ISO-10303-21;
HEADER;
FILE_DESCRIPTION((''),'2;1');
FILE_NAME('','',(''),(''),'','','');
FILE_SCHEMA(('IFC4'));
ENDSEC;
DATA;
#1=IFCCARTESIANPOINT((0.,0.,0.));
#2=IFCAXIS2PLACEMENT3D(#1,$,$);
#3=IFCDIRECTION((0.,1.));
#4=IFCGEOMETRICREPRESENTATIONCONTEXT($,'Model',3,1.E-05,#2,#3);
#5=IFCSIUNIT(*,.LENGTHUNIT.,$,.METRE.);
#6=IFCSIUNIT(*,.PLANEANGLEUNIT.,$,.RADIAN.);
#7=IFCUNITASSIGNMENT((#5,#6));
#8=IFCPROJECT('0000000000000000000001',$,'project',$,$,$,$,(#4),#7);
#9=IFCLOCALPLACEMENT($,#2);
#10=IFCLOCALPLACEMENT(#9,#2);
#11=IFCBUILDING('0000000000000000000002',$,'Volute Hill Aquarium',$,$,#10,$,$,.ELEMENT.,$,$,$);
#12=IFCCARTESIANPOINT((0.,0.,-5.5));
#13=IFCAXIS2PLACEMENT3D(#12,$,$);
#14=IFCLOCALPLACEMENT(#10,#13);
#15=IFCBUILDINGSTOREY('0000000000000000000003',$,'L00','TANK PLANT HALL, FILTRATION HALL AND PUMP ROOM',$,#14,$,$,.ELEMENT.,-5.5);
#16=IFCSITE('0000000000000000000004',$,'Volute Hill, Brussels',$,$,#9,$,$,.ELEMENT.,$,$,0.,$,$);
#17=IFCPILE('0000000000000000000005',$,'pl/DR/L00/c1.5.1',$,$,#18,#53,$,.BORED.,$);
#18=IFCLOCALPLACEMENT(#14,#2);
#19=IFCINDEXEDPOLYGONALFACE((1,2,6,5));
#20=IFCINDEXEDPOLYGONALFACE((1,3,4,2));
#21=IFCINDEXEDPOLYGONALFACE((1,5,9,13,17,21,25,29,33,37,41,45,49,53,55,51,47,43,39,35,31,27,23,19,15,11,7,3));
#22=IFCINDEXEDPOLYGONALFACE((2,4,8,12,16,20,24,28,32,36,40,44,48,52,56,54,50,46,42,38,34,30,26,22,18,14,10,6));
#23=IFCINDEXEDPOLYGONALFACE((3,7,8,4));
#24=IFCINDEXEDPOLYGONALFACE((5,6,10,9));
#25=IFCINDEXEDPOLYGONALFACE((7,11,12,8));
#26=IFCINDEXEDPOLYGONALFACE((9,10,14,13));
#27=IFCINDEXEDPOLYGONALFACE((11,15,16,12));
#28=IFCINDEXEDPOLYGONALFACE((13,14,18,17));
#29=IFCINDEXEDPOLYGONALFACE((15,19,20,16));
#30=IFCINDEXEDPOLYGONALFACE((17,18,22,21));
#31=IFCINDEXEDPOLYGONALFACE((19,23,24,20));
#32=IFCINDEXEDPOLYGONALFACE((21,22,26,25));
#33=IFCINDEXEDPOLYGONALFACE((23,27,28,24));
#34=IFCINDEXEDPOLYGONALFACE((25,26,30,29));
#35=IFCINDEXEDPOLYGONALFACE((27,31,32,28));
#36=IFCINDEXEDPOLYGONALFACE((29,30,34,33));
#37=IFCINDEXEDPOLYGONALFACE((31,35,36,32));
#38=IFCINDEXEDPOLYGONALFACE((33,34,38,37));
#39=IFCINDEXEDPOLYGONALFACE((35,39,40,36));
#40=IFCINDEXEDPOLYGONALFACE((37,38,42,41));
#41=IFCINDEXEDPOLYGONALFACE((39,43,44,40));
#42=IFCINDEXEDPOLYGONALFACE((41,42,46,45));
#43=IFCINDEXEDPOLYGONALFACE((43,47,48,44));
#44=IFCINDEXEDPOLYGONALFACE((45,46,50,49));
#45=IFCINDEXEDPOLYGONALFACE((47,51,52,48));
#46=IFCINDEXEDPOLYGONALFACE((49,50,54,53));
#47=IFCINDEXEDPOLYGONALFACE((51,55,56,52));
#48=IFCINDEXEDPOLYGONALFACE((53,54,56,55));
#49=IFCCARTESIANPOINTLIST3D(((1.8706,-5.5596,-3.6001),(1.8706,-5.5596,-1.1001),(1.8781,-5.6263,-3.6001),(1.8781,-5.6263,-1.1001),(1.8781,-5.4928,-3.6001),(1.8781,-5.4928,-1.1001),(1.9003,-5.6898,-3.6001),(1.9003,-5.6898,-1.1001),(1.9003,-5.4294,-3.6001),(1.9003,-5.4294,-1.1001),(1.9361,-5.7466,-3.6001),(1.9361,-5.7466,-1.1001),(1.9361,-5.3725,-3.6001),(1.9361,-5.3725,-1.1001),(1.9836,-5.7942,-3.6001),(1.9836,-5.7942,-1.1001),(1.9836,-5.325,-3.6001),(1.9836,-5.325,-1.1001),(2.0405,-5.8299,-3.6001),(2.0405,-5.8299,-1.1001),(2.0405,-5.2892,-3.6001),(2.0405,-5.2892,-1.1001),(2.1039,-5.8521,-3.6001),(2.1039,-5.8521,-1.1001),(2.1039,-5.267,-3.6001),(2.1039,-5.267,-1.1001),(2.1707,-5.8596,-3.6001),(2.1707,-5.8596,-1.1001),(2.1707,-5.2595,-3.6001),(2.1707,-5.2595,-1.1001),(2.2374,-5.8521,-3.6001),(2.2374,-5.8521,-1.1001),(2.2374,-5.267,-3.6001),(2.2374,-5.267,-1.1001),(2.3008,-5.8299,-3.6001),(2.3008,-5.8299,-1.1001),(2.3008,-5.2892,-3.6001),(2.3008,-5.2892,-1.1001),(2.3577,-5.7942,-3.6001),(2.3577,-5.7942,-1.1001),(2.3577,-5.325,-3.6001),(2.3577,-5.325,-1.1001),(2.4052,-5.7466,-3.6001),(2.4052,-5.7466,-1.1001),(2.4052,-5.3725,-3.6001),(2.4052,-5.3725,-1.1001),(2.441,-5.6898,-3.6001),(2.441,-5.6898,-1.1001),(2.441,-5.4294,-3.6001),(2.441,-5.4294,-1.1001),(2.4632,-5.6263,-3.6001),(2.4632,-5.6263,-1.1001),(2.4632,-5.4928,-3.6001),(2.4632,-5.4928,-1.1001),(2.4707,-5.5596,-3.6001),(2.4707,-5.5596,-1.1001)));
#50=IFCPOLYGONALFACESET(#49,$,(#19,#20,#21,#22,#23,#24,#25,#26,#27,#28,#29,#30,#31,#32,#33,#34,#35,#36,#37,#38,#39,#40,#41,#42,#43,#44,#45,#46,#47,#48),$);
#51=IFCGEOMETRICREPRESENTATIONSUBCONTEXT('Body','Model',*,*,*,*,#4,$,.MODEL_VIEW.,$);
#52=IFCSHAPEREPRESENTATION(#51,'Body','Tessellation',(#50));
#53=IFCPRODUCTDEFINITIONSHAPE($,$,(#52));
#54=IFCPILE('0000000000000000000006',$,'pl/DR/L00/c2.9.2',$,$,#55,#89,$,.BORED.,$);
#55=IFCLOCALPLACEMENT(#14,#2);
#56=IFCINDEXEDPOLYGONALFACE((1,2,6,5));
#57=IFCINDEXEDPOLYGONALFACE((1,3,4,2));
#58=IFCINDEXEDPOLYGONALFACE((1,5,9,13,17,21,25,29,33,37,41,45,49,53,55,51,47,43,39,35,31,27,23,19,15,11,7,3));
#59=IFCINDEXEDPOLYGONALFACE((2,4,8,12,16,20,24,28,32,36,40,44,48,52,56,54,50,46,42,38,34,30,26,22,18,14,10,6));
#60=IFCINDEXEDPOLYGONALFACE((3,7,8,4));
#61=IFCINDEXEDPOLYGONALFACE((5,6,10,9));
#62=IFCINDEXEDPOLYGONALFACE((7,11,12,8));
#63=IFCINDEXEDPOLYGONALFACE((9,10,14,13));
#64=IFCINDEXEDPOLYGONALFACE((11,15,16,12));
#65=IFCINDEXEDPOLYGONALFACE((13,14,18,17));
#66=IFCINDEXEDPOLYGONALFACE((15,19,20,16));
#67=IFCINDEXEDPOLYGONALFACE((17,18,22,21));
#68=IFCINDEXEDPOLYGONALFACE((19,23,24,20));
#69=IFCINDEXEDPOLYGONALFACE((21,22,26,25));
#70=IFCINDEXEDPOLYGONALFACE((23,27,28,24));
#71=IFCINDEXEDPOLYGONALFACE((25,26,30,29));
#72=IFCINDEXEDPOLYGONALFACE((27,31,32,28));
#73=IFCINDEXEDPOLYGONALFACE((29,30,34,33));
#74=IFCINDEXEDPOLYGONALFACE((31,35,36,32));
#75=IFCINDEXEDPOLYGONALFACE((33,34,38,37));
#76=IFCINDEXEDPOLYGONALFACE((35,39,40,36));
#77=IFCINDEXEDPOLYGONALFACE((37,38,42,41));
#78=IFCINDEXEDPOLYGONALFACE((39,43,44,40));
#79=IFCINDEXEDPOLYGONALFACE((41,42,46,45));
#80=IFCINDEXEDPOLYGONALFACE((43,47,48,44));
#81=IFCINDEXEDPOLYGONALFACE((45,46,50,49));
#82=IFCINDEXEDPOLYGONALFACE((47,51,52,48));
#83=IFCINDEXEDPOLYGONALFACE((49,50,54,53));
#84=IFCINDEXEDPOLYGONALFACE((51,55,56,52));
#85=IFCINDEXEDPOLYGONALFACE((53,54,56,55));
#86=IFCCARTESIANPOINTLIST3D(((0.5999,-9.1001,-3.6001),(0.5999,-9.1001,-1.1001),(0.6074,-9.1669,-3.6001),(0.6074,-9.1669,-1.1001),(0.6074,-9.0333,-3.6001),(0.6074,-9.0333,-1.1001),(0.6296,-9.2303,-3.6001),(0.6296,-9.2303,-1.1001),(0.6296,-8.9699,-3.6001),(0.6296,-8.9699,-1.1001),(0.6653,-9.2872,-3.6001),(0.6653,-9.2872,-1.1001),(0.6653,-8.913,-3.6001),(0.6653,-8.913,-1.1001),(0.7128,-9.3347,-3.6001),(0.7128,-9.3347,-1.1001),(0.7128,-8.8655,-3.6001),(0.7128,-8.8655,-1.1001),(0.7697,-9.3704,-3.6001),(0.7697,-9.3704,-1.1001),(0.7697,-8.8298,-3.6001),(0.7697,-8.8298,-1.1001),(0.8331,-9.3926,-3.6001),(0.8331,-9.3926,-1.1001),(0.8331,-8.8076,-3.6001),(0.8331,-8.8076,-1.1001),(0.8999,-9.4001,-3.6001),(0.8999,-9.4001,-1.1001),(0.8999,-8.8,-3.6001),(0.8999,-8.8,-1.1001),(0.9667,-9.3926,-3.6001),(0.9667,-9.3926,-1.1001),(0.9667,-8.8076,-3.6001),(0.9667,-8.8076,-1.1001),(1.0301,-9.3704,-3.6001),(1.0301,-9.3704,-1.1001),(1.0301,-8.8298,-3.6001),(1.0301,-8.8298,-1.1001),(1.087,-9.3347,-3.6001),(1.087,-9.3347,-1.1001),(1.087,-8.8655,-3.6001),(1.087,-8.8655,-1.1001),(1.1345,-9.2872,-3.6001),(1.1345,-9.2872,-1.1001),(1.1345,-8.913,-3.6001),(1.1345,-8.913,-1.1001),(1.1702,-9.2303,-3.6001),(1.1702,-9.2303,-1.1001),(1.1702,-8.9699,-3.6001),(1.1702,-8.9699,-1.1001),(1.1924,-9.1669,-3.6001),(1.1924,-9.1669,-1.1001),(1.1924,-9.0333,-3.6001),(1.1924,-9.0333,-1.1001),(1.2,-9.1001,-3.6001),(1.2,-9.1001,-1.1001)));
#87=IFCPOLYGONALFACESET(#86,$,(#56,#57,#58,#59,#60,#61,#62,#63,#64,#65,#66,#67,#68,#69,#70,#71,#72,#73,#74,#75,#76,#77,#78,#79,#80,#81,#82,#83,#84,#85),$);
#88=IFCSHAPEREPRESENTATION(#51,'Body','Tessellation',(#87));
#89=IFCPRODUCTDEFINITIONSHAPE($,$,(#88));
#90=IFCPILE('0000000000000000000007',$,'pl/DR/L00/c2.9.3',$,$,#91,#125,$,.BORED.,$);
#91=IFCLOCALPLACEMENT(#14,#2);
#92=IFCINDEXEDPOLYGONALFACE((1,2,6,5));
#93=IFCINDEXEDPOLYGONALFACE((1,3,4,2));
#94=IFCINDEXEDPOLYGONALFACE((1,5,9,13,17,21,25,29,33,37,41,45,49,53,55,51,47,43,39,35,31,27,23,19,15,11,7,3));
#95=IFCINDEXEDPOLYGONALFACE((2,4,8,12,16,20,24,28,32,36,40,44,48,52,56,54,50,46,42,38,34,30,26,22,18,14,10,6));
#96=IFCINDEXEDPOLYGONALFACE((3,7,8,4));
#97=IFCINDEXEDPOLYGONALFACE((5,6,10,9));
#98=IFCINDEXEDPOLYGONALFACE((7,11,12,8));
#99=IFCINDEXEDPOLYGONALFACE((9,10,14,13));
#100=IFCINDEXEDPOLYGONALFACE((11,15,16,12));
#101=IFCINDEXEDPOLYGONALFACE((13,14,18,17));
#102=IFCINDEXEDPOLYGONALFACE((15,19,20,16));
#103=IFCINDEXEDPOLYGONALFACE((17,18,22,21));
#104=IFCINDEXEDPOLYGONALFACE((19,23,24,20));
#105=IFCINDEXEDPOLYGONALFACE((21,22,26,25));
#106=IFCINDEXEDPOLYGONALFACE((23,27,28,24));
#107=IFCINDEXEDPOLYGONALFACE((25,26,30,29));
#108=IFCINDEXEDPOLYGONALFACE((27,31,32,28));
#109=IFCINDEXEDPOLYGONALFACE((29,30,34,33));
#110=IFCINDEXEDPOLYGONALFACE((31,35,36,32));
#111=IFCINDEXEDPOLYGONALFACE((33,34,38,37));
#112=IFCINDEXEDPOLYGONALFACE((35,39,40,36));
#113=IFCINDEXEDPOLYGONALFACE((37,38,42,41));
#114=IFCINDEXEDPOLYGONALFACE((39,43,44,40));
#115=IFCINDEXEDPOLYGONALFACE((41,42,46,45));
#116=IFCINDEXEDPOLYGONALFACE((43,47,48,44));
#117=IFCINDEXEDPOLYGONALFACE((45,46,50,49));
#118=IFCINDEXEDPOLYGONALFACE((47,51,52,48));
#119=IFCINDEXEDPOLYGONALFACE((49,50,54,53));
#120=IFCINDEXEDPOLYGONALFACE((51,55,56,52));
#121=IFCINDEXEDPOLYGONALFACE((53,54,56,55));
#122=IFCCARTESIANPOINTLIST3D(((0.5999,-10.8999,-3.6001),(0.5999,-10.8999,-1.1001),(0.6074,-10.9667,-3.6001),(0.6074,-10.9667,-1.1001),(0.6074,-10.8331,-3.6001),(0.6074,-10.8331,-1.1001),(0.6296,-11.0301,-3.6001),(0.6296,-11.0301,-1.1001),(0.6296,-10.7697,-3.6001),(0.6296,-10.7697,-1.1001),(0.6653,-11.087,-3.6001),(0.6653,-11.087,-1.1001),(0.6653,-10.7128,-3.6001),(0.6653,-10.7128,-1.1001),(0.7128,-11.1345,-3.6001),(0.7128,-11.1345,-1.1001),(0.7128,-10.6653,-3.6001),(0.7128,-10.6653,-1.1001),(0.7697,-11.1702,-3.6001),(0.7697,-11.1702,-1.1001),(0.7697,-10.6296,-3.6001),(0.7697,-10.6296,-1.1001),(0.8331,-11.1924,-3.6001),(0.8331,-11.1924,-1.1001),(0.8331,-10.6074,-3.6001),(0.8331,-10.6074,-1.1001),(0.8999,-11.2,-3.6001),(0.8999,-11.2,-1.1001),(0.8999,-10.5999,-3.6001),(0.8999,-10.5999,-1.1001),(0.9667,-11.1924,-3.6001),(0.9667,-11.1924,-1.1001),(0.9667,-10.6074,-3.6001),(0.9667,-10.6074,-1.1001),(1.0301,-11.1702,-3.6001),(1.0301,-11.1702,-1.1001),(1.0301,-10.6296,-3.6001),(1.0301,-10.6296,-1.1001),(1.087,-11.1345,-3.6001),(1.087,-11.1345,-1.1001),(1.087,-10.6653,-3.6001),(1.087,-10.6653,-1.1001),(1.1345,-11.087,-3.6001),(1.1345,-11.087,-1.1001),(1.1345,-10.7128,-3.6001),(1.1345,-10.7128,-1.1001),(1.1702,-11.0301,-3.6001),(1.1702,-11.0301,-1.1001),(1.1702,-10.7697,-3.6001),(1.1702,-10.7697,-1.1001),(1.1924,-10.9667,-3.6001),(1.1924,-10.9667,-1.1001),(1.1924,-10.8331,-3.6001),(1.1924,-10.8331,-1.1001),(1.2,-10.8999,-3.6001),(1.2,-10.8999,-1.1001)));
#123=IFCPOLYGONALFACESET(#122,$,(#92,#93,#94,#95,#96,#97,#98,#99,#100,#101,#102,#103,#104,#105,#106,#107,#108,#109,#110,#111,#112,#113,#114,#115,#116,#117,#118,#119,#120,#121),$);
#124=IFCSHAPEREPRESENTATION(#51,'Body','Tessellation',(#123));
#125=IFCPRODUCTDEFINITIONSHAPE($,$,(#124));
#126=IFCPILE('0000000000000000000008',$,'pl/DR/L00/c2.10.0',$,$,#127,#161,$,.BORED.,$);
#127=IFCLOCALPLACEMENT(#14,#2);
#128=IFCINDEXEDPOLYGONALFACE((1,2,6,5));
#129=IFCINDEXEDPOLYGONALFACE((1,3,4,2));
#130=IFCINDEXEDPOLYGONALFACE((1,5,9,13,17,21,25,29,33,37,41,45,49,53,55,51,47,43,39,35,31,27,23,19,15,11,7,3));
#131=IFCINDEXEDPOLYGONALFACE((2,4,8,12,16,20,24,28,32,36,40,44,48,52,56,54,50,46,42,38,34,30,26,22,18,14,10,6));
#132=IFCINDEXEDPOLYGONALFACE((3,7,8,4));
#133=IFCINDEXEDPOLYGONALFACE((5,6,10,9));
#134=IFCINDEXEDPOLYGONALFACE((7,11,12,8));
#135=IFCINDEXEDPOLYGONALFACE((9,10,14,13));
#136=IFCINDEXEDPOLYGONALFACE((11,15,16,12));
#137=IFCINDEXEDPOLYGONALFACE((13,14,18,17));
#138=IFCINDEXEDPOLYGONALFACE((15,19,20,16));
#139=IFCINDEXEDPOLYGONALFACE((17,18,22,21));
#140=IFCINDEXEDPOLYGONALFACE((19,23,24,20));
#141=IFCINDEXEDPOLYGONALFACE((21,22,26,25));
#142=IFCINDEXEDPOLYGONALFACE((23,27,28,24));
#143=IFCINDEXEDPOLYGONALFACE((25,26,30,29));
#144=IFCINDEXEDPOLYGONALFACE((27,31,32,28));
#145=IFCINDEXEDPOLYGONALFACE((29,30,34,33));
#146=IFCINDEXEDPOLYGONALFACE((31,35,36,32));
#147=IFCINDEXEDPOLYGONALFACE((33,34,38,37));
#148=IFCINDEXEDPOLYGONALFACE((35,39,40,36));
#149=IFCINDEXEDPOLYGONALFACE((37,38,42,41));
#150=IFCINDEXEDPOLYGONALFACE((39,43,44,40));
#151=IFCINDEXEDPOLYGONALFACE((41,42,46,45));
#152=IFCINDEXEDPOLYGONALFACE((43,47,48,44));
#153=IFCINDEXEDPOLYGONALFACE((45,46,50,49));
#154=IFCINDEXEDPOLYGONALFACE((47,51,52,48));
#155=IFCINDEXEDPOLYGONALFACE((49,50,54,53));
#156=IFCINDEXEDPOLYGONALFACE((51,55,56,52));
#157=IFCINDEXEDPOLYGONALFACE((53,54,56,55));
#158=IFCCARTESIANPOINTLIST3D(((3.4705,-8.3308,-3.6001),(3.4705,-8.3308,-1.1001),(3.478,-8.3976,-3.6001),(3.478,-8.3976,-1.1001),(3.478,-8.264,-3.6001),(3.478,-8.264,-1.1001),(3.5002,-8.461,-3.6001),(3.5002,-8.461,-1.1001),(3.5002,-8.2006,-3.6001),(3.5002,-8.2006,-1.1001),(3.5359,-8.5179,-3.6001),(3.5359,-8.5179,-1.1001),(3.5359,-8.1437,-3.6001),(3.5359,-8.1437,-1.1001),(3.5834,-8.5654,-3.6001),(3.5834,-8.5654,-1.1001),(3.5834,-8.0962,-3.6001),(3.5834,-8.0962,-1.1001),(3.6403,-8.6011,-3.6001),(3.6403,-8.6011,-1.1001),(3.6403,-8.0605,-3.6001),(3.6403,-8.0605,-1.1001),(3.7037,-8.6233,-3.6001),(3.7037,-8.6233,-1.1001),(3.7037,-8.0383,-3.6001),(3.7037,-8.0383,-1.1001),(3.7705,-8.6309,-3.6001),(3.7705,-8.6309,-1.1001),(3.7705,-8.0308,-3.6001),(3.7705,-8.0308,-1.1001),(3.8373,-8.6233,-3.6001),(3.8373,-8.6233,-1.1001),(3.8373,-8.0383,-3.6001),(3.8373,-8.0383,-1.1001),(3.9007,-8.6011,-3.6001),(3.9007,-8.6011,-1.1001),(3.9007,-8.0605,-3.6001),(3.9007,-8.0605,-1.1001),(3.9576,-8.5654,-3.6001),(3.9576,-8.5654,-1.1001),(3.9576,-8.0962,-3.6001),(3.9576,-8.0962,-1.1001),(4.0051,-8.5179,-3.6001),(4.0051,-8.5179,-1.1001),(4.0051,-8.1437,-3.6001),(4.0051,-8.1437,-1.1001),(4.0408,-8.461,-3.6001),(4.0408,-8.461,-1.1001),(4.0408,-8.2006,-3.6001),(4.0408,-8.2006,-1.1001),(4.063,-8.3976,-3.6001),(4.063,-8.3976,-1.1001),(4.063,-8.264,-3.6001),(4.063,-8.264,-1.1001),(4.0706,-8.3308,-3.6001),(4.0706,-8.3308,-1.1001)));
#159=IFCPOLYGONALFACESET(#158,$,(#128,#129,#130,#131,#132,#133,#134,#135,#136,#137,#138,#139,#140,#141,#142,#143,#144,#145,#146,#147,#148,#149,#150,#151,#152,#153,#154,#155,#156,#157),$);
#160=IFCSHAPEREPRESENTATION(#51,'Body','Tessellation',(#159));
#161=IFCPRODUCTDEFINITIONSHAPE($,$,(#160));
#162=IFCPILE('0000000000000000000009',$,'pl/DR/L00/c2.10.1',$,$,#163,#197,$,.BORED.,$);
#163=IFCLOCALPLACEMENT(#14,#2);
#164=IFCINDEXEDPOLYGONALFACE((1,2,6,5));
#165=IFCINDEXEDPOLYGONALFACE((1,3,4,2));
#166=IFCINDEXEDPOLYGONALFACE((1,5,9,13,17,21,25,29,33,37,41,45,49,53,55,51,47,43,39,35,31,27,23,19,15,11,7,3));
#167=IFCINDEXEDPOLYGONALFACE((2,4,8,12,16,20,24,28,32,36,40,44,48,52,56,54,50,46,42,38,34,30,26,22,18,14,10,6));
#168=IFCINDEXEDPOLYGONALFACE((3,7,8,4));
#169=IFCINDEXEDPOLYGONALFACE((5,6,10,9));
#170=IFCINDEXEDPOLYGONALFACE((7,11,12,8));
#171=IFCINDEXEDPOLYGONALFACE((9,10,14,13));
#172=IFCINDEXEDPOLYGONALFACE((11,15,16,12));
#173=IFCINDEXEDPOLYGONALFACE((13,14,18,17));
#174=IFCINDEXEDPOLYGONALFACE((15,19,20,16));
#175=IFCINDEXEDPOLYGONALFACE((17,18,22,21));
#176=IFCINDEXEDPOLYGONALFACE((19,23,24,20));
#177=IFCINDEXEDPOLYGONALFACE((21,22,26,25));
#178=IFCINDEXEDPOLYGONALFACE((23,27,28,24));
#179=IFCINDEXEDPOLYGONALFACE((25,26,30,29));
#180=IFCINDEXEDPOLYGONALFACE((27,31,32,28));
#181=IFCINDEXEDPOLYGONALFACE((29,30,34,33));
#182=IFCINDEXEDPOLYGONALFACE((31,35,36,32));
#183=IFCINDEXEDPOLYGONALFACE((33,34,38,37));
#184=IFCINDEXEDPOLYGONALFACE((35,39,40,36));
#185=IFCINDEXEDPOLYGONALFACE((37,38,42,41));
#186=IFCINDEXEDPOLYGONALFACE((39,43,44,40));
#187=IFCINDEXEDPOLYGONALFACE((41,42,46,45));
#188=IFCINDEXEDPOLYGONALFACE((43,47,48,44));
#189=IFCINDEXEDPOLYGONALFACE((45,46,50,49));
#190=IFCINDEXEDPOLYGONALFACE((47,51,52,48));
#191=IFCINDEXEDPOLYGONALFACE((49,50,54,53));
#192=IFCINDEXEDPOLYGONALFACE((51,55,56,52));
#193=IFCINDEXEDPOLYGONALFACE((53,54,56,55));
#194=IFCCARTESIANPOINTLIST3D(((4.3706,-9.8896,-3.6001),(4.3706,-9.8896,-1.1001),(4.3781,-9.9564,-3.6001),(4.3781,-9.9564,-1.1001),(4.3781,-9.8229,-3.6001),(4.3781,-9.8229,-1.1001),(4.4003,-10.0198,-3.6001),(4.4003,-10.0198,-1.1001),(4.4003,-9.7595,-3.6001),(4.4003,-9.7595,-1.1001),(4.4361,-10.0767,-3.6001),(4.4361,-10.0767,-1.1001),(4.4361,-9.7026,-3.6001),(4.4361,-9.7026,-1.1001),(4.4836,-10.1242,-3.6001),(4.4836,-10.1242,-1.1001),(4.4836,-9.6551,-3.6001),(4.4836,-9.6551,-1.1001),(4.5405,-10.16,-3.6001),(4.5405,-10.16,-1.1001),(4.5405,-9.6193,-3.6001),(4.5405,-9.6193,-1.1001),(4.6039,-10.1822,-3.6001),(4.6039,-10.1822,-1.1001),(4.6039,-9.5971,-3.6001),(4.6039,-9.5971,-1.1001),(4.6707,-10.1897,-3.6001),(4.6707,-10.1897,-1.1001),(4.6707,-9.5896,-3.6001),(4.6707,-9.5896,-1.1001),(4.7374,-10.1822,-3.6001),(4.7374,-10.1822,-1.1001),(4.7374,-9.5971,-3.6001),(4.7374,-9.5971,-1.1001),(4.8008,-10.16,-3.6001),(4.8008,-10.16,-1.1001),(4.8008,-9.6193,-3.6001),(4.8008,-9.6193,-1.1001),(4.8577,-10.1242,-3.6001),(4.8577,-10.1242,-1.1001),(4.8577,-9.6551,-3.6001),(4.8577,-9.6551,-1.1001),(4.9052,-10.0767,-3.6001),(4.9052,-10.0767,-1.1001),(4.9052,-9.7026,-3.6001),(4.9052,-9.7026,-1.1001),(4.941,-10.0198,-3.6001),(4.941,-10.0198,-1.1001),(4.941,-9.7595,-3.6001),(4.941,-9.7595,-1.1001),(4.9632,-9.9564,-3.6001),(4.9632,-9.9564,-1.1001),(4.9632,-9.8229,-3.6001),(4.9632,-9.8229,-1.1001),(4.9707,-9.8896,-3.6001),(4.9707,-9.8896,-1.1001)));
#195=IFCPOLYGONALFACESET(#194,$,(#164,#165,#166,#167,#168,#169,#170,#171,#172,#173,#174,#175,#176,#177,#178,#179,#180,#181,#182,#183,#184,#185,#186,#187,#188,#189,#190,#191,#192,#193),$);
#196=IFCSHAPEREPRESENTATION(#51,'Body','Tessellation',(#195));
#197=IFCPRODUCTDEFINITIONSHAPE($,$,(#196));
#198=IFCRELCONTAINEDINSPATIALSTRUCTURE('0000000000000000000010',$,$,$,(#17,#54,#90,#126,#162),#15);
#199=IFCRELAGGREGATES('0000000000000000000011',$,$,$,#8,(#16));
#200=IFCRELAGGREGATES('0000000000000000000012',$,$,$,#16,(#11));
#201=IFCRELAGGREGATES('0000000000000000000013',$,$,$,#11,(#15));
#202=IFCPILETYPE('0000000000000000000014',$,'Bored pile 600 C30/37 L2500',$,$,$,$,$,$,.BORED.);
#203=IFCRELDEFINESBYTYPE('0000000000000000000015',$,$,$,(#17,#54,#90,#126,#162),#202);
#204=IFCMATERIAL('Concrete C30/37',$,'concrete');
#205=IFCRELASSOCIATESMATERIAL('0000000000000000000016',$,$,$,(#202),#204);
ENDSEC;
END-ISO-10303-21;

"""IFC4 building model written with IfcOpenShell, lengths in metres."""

from ifc_helpers import new_model, si_unit, direction, frame, origin, origin_2d, place, context, subcontext, project, spatial, circle, extrude, material, type_object, element, save


model = new_model("IFC4")

# Units and contexts
model_context = context("Model", 3, precision=1e-05, world=origin(), true_north=direction((0.0, 1.0)))
body_context = subcontext(model_context, "Body", "Model", "MODEL_VIEW")
ifc_project = project(units=[si_unit("LENGTHUNIT", "METRE"), si_unit("PLANEANGLEUNIT", "RADIAN")], contexts=[model_context])

# Site, building, storey
site_placement = place(None, origin())
site = spatial("IfcSite", under=ifc_project, at=site_placement, Name="Volute Hill, Brussels", CompositionType="ELEMENT", RefElevation=0.0)
building_placement = place(site_placement, origin())
building = spatial("IfcBuilding", under=site, at=building_placement, Name="Volute Hill Aquarium", CompositionType="ELEMENT")
storey_placement = place(building_placement, frame((0.0, 0.0, -5.5)))
storey = spatial("IfcBuildingStorey", under=building, at=storey_placement, Name="L00", Description="TANK PLANT HALL, FILTRATION HALL AND PUMP ROOM", CompositionType="ELEMENT", Elevation=-5.5)

# Piles
ifc_material_1 = material(Name="Concrete C30/37", Category="concrete")
pile_type = type_object("IfcPileType", Name="Bored pile 600 C30/37 L2500", PredefinedType="BORED", material=ifc_material_1)
for number, where, z_axis, x_axis, name in (
    (1, (2.1707, -5.5596, -1.1001), (0.0, 0.0, -1.0), (1.0, 0.0, 0.0), "pl/DR/L00/c1.5.1"),
    (2, (0.8999, -9.1001, -1.1001), (0.0, 0.0, -1.0), (1.0, 0.0, 0.0), "pl/DR/L00/c2.9.2"),
    (3, (0.8999, -10.8999, -1.1001), (0.0, 0.0, -1.0), (1.0, 0.0, 0.0), "pl/DR/L00/c2.9.3"),
    (4, (3.7705, -8.3308, -1.1001), (0.0, 0.0, -1.0), (1.0, 0.0, 0.0), "pl/DR/L00/c2.10.0"),
    (5, (4.6707, -9.8896, -1.1001), (0.0, 0.0, -1.0), (1.0, 0.0, 0.0), "pl/DR/L00/c2.10.1"),
):
    element("IfcPile", number, at=place(storey_placement, frame(where, z_axis=z_axis, x_axis=x_axis)), inside=storey, type_object=pile_type, Name=name, PredefinedType="BORED", context=body_context, shape_type="SweptSolid", body=[
        extrude(circle(Radius=0.3, at=origin_2d()), origin(), (0.0, 0.0, 1.0), 2.5),
    ])

save(model, "model.ifc")
